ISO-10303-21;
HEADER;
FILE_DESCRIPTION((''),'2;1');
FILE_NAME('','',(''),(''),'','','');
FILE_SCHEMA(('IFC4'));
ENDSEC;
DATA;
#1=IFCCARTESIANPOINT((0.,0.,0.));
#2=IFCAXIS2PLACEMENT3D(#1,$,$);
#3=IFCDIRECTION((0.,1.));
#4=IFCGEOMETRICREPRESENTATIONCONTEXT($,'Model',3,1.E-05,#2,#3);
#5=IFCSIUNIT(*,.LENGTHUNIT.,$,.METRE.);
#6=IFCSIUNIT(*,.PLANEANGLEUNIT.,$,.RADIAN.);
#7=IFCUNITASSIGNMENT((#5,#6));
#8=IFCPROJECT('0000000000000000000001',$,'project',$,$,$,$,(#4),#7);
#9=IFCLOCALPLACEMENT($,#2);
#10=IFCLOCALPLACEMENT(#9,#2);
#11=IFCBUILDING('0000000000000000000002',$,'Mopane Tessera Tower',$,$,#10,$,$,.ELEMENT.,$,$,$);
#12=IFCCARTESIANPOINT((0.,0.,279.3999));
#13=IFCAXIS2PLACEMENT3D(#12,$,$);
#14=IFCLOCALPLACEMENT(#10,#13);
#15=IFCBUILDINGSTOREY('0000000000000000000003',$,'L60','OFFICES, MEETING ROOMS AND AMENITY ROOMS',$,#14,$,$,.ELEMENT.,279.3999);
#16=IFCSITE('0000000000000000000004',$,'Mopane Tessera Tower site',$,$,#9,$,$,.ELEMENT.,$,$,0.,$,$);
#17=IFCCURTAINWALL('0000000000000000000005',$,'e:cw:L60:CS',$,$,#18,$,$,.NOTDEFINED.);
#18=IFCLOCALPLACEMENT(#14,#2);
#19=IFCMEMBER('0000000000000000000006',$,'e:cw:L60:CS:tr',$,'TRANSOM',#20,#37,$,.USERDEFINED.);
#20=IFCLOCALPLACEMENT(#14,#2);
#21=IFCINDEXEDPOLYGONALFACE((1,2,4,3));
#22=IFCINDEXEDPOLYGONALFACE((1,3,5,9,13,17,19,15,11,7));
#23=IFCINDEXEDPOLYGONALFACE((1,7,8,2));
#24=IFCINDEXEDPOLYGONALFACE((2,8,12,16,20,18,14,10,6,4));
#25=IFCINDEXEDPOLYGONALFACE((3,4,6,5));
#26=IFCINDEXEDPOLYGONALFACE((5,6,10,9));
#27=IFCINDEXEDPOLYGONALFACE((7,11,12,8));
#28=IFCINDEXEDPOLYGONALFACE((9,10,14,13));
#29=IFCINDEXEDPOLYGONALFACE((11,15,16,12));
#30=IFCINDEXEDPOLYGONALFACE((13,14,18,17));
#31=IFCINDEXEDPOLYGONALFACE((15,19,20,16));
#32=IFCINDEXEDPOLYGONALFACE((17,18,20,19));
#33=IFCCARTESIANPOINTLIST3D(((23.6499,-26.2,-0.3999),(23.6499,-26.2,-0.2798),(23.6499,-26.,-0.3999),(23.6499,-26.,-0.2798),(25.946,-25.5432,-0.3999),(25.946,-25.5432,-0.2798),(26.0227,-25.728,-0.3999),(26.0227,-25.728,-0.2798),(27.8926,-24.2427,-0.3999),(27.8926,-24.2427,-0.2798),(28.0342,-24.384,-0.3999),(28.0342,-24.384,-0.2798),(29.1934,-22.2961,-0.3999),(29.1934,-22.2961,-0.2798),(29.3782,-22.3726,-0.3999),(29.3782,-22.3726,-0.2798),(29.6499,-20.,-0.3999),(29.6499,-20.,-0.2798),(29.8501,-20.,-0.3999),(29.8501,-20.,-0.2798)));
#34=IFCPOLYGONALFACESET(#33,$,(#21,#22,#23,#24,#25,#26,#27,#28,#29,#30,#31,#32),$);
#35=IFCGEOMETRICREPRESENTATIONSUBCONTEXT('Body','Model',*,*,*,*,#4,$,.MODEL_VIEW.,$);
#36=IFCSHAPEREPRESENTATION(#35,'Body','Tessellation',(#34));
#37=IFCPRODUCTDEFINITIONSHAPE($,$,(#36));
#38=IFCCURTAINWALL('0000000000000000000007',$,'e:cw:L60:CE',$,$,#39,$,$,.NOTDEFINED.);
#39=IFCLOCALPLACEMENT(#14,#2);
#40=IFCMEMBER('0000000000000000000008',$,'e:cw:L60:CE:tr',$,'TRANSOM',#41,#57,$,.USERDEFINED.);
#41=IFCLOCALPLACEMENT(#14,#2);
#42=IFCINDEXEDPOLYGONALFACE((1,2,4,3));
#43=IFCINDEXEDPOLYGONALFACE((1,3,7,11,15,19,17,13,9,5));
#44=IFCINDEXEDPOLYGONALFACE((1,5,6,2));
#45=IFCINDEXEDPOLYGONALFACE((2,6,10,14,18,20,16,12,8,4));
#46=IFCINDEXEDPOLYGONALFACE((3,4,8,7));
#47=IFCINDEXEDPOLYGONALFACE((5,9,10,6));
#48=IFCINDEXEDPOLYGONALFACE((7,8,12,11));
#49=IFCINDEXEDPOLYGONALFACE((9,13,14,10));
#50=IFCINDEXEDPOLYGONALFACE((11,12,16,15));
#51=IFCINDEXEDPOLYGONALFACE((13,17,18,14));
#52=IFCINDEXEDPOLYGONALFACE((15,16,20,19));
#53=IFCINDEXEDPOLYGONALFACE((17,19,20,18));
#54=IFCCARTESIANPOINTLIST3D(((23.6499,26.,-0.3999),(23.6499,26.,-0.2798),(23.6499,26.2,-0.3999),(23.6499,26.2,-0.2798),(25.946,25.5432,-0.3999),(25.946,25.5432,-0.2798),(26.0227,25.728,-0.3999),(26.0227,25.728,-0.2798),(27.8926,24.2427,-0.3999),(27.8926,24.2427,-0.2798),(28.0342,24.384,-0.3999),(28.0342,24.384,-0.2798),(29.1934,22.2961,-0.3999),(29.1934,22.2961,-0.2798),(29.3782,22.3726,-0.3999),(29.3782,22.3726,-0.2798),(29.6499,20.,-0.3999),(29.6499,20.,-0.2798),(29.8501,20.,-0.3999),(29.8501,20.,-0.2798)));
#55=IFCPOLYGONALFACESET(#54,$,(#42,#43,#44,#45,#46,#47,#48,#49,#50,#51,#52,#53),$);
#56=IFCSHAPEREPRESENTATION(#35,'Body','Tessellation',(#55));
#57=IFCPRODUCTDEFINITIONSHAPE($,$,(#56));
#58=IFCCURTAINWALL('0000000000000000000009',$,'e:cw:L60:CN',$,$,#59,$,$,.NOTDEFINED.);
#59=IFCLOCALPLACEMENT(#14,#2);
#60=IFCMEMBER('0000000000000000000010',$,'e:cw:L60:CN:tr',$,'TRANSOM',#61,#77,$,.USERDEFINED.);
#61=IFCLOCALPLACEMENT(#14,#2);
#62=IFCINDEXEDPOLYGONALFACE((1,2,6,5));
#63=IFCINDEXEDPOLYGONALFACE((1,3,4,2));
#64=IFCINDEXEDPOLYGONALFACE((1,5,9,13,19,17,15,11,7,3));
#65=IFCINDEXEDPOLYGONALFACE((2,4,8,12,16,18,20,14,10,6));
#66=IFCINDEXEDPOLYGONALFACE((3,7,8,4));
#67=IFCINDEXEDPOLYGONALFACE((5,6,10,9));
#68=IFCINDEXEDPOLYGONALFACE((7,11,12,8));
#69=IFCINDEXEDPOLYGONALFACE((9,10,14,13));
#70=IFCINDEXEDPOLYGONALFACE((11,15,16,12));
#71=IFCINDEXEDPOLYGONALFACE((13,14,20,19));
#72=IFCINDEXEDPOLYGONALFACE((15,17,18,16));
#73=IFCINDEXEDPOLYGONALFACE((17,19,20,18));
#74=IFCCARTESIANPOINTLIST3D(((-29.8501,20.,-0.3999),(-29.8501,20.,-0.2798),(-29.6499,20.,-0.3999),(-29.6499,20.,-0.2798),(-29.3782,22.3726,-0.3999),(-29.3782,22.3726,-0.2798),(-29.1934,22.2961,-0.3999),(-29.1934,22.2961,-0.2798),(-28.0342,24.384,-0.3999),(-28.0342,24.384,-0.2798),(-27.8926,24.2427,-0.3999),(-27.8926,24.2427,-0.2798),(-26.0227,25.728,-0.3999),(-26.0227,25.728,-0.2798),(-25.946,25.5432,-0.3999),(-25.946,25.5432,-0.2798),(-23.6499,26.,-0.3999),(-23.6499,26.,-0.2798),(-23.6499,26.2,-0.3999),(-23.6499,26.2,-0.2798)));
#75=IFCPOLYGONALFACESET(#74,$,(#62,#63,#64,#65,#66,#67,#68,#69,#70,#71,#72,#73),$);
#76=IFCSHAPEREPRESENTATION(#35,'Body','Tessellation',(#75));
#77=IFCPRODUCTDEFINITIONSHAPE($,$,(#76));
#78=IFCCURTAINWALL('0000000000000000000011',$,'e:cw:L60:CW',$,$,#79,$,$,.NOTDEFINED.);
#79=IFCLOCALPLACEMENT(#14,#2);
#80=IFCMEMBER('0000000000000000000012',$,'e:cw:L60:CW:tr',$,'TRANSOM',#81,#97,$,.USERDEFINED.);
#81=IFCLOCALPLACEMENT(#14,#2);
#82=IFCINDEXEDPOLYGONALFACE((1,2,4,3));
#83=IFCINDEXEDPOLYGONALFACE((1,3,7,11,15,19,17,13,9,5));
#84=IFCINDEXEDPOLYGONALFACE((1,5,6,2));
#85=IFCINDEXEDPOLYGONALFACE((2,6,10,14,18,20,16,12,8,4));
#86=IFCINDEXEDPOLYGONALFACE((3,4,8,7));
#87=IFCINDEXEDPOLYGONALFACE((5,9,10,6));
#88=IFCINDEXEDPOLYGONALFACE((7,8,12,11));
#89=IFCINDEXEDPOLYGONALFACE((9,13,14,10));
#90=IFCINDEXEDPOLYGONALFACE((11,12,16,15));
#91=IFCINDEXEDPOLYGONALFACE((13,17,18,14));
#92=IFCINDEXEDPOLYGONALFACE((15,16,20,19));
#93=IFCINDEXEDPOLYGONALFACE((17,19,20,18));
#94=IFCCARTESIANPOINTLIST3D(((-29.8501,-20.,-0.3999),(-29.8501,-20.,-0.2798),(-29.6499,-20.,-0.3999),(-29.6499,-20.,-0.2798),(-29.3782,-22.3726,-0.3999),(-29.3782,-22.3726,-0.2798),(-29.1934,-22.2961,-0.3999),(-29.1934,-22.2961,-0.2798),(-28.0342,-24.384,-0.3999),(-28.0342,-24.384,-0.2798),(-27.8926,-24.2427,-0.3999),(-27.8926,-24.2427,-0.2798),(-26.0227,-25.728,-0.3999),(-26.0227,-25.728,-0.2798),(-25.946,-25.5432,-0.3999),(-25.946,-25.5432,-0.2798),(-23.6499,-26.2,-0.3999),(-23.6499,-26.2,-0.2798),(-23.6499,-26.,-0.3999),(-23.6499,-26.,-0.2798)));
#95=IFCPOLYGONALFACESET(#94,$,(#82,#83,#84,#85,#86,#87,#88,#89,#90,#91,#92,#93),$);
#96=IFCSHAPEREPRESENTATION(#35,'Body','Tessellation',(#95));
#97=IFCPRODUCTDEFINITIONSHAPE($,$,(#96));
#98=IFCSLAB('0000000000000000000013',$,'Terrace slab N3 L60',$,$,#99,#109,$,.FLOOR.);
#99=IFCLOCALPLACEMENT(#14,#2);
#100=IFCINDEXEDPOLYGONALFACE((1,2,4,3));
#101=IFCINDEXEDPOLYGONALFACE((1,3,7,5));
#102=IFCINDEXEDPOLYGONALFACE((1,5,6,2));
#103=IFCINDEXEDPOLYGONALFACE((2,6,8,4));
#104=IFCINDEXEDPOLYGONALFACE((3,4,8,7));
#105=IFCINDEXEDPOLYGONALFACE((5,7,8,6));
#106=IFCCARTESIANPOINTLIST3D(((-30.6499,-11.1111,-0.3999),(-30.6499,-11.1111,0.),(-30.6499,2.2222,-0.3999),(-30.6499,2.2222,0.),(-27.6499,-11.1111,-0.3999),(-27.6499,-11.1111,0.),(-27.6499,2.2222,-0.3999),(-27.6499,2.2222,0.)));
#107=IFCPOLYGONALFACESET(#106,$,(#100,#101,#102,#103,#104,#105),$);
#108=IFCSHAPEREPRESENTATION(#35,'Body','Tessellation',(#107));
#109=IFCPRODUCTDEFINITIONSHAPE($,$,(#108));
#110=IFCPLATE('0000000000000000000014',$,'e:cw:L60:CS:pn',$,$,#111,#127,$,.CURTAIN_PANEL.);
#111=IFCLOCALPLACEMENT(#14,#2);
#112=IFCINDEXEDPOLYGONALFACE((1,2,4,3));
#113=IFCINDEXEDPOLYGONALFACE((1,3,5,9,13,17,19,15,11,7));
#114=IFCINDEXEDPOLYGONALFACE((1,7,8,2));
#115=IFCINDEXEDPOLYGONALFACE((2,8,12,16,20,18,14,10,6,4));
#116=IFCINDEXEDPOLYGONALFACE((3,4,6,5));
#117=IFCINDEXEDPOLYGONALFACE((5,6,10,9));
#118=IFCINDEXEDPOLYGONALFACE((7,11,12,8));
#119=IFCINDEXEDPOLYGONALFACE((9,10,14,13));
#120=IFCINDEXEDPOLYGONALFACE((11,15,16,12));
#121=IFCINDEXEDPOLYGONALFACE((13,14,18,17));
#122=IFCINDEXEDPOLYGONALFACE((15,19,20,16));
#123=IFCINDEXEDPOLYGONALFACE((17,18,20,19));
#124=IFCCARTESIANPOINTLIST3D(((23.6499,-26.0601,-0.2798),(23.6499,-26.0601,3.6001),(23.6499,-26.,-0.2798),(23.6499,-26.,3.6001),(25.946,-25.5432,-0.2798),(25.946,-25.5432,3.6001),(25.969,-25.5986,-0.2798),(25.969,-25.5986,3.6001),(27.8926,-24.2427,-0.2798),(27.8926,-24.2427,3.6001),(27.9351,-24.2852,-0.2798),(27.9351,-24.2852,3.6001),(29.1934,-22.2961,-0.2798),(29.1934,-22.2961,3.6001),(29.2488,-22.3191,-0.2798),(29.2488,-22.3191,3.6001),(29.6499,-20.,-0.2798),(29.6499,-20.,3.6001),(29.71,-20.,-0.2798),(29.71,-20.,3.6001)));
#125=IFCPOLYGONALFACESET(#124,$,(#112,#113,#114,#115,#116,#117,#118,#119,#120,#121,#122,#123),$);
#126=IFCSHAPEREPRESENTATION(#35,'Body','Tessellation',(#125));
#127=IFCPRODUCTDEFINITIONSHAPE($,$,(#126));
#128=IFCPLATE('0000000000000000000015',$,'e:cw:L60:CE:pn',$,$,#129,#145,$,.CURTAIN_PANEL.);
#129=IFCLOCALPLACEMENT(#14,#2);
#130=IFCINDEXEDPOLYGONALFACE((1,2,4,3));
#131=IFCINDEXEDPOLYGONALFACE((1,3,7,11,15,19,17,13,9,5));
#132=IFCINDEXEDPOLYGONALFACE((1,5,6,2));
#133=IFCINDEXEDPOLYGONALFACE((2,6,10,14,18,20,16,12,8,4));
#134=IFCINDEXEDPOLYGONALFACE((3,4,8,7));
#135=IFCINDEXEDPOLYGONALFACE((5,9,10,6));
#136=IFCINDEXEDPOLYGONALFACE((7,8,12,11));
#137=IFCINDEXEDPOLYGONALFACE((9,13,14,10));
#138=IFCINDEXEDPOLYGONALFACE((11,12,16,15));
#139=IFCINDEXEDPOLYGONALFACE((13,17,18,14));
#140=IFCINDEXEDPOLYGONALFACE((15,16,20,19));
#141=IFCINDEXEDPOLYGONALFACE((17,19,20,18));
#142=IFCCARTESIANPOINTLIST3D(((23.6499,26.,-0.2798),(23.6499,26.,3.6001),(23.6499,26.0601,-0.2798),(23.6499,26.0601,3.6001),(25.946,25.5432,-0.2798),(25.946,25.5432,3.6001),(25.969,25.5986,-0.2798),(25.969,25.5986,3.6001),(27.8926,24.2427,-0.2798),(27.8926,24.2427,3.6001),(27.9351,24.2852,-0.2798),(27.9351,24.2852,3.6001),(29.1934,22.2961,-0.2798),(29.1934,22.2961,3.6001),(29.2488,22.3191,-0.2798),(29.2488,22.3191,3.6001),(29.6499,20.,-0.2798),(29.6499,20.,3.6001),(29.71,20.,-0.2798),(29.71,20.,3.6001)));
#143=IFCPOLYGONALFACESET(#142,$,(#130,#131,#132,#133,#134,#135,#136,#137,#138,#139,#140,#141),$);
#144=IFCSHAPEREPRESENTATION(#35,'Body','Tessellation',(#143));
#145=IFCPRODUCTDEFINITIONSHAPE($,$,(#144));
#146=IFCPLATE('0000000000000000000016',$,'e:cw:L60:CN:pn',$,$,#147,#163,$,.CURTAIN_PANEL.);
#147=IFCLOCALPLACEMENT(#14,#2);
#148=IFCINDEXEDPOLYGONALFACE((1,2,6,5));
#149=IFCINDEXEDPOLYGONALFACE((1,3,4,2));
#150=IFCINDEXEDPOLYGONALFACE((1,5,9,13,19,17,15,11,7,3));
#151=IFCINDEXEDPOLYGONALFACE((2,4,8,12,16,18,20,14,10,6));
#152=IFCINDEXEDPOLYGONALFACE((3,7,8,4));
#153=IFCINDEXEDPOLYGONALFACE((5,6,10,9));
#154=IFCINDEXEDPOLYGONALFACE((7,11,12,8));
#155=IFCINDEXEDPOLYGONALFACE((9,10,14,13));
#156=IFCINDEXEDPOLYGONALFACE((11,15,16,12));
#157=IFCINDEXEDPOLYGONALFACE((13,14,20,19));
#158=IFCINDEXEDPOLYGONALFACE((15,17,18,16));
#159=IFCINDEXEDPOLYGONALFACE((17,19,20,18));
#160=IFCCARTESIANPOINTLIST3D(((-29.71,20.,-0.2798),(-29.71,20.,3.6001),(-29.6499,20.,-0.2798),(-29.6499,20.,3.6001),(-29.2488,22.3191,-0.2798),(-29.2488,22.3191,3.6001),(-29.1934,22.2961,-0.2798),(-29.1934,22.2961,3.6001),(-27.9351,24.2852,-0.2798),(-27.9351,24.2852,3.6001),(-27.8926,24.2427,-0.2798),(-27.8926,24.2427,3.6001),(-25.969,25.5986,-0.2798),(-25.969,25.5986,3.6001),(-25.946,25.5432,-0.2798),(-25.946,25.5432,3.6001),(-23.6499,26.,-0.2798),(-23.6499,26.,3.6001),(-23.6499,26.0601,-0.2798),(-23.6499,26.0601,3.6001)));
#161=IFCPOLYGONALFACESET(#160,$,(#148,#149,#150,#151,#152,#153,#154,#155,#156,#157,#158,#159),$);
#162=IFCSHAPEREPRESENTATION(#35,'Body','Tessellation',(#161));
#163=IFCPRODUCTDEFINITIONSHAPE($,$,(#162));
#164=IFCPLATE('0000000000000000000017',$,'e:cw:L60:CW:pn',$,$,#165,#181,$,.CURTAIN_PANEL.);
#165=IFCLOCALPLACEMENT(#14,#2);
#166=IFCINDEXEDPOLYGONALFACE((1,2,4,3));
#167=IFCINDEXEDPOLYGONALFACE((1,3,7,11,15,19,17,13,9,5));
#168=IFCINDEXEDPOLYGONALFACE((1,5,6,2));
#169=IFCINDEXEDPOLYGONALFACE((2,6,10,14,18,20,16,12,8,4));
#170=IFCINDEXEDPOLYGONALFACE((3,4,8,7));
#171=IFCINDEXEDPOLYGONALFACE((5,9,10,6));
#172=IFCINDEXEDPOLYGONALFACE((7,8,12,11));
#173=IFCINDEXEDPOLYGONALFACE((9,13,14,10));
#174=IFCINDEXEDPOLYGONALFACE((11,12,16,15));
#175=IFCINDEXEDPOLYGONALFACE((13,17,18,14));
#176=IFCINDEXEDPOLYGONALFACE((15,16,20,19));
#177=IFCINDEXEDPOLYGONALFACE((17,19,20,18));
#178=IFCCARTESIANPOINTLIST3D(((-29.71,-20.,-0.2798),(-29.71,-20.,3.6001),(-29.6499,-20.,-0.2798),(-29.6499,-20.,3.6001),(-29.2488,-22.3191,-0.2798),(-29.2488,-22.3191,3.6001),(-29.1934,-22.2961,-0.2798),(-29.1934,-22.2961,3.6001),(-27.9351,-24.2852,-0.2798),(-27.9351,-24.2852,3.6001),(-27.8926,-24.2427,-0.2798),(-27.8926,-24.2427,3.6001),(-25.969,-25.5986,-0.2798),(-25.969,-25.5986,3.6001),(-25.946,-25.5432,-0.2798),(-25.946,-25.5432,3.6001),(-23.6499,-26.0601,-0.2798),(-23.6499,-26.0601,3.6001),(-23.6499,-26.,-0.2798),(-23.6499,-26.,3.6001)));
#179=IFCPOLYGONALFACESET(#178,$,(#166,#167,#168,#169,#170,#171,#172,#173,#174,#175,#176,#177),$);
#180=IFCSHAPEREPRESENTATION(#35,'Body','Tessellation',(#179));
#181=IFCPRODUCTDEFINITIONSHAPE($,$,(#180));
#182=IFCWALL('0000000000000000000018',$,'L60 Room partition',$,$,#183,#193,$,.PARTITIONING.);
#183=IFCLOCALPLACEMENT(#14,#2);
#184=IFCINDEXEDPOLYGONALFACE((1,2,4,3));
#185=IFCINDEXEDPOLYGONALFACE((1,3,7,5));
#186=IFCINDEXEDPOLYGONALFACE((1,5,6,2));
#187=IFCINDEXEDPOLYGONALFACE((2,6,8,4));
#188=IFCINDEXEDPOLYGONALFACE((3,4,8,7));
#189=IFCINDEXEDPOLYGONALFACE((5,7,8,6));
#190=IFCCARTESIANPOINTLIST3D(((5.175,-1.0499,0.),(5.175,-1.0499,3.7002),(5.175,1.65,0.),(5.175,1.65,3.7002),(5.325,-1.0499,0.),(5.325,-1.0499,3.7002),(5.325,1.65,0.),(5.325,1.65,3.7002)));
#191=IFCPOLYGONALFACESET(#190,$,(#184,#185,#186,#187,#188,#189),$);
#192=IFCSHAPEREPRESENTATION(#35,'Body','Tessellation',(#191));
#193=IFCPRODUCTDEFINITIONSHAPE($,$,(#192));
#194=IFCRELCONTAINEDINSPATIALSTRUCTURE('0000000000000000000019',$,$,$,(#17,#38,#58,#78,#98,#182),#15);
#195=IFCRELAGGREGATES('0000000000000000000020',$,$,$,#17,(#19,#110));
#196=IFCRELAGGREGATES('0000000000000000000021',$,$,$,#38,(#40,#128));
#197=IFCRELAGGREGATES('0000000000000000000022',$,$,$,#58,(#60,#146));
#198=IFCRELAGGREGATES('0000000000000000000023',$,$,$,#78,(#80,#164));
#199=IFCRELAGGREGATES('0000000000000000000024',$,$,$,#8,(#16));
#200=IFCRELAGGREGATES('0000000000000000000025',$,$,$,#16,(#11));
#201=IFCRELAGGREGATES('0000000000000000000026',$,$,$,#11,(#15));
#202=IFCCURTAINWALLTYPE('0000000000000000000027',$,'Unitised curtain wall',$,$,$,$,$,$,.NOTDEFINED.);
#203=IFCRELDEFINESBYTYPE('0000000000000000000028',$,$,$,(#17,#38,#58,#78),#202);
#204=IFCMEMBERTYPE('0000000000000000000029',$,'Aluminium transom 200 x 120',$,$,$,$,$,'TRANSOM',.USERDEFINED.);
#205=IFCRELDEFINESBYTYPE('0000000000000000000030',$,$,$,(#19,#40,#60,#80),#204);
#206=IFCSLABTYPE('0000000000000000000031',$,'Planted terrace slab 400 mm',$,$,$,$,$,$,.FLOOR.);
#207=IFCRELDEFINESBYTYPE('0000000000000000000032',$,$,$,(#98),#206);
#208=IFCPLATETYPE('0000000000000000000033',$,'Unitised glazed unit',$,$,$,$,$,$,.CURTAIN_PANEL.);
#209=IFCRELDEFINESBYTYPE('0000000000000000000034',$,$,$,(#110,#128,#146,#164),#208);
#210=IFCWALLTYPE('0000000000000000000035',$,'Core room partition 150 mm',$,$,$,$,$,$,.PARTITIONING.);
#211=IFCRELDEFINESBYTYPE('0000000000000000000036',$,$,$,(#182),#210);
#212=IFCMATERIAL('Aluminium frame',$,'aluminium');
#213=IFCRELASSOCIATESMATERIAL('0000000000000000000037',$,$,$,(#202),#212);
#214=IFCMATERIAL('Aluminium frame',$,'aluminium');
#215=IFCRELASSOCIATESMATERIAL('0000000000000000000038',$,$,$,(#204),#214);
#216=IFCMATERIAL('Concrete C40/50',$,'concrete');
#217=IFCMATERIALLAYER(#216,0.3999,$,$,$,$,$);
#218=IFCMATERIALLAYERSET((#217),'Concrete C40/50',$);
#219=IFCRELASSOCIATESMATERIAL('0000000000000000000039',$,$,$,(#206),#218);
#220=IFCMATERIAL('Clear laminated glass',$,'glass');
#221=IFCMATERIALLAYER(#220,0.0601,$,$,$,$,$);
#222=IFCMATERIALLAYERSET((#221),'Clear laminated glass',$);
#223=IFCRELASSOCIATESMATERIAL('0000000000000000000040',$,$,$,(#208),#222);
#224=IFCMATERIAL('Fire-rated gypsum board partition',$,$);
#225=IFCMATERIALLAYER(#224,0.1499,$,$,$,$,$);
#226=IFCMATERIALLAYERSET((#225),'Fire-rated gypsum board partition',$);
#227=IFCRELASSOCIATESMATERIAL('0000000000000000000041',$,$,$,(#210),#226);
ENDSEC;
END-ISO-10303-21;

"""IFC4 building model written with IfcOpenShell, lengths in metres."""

from ifc_helpers import new_model, si_unit, direction, frame, frame_2d, origin, origin_2d, place, context, subcontext, project, spatial, polyline, rectangle, outline, extrude, material, layer, layer_set, material_profile, profile_set, type_object, element, aggregate, save


model = new_model("IFC4")

# Units and contexts
model_context = context("Model", 3, precision=1e-05, world=origin(), true_north=direction((0.0, 1.0)))
body_context = subcontext(model_context, "Body", "Model", "MODEL_VIEW")
ifc_project = project(units=[si_unit("LENGTHUNIT", "METRE"), si_unit("PLANEANGLEUNIT", "RADIAN")], contexts=[model_context])

# Site, building, storey
site_placement = place(None, origin())
site = spatial("IfcSite", under=ifc_project, at=site_placement, Name="Mopane Tessera Tower site", CompositionType="ELEMENT", RefElevation=0.0)
building_placement = place(site_placement, origin())
building = spatial("IfcBuilding", under=site, at=building_placement, Name="Mopane Tessera Tower", CompositionType="ELEMENT")
storey_placement = place(building_placement, frame((0.0, 0.0, 279.3999)))
storey = spatial("IfcBuildingStorey", under=building, at=storey_placement, Name="L60", Description="OFFICES, MEETING ROOMS AND AMENITY ROOMS", CompositionType="ELEMENT", Elevation=279.3999)

# Curtain walls, members
ifc_material_1 = material(Name="Aluminium frame", Category="aluminium")
curtain_wall_type = type_object("IfcCurtainWallType", Name="Unitised curtain wall", PredefinedType="NOTDEFINED", material=ifc_material_1)
curtain_wall_1_placement = place(storey_placement, origin())
curtain_wall_1 = element("IfcCurtainWall", 1, at=curtain_wall_1_placement, inside=storey, type_object=curtain_wall_type, Name="e:cw:L60:CS", PredefinedType="NOTDEFINED")
ifc_material_2 = material(Name="Aluminium frame", Category="aluminium")
ifc_material_profile = material_profile(ifc_material_2, rectangle(XDim=0.2, YDim=0.1201, at=origin_2d()))
ifc_profile_set = profile_set([ifc_material_profile], Name="Aluminium frame")
member_type = type_object("IfcMemberType", Name="Aluminium transom 200 x 120", ElementType="TRANSOM", PredefinedType="USERDEFINED", material=ifc_profile_set)
member_1_placement = place(storey_placement, frame((0.0, 0.0, -0.3999)))
member_1 = element("IfcMember", 2, at=member_1_placement, type_object=member_type, Name="e:cw:L60:CS:tr", ObjectType="TRANSOM", PredefinedType="USERDEFINED", context=body_context, shape_type="SweptSolid", body=[
    extrude(outline(polyline([(23.6499, -26.0), (25.946, -25.5432), (27.8926, -24.2427), (29.1934, -22.2961), (29.6499, -20.0), (29.8501, -20.0), (29.3782, -22.3726), (28.0342, -24.384), (26.0227, -25.728), (23.6499, -26.2), (23.6499, -26.0)])), origin(), (0.0, 0.0, 1.0), 0.1201),
])
curtain_wall_2_placement = place(storey_placement, origin())
curtain_wall_2 = element("IfcCurtainWall", 3, at=curtain_wall_2_placement, inside=storey, type_object=curtain_wall_type, Name="e:cw:L60:CE", PredefinedType="NOTDEFINED")
member_2_placement = place(storey_placement, frame((0.0, 0.0, -0.3999)))
member_2 = element("IfcMember", 4, at=member_2_placement, type_object=member_type, Name="e:cw:L60:CE:tr", ObjectType="TRANSOM", PredefinedType="USERDEFINED", context=body_context, shape_type="SweptSolid", body=[
    extrude(outline(polyline([(29.6499, 20.0), (29.1934, 22.2961), (27.8926, 24.2427), (25.946, 25.5432), (23.6499, 26.0), (23.6499, 26.2), (26.0227, 25.728), (28.0342, 24.384), (29.3782, 22.3726), (29.8501, 20.0), (29.6499, 20.0)])), origin(), (0.0, 0.0, 1.0), 0.1201),
])
curtain_wall_3_placement = place(storey_placement, origin())
curtain_wall_3 = element("IfcCurtainWall", 5, at=curtain_wall_3_placement, inside=storey, type_object=curtain_wall_type, Name="e:cw:L60:CN", PredefinedType="NOTDEFINED")
member_3_placement = place(storey_placement, frame((0.0, 0.0, -0.3999)))
member_3 = element("IfcMember", 6, at=member_3_placement, type_object=member_type, Name="e:cw:L60:CN:tr", ObjectType="TRANSOM", PredefinedType="USERDEFINED", context=body_context, shape_type="SweptSolid", body=[
    extrude(outline(polyline([(-23.6499, 26.0), (-25.946, 25.5432), (-27.8926, 24.2427), (-29.1934, 22.2961), (-29.6499, 20.0), (-29.8501, 20.0), (-29.3782, 22.3726), (-28.0342, 24.384), (-26.0227, 25.728), (-23.6499, 26.2), (-23.6499, 26.0)])), origin(), (0.0, 0.0, 1.0), 0.1201),
])
curtain_wall_4_placement = place(storey_placement, origin())
curtain_wall_4 = element("IfcCurtainWall", 7, at=curtain_wall_4_placement, inside=storey, type_object=curtain_wall_type, Name="e:cw:L60:CW", PredefinedType="NOTDEFINED")
member_4_placement = place(storey_placement, frame((0.0, 0.0, -0.3999)))
member_4 = element("IfcMember", 8, at=member_4_placement, type_object=member_type, Name="e:cw:L60:CW:tr", ObjectType="TRANSOM", PredefinedType="USERDEFINED", context=body_context, shape_type="SweptSolid", body=[
    extrude(outline(polyline([(-29.6499, -20.0), (-29.1934, -22.2961), (-27.8926, -24.2427), (-25.946, -25.5432), (-23.6499, -26.0), (-23.6499, -26.2), (-26.0227, -25.728), (-28.0342, -24.384), (-29.3782, -22.3726), (-29.8501, -20.0), (-29.6499, -20.0)])), origin(), (0.0, 0.0, 1.0), 0.1201),
])

# Slab
ifc_material_3 = material(Name="Concrete C40/50", Category="concrete")
ifc_layer_1 = layer(ifc_material_3, 0.3999)
ifc_layer_set_1 = layer_set([ifc_layer_1], Name="Concrete C40/50")
slab_type = type_object("IfcSlabType", Name="Planted terrace slab 400 mm", PredefinedType="FLOOR", material=ifc_layer_set_1)
slab_placement = place(storey_placement, frame((0.0, 0.0, -0.3999)))
element("IfcSlab", 9, at=slab_placement, inside=storey, type_object=slab_type, Name="Terrace slab N3 L60", PredefinedType="FLOOR", context=body_context, shape_type="SweptSolid", body=[
    extrude(outline(polyline([(-30.6499, -11.1111), (-27.6499, -11.1111), (-27.6499, 2.2222), (-30.6499, 2.2222), (-30.6499, -11.1111)])), origin(), (0.0, 0.0, 1.0), 0.3999),
])

# Plates
ifc_material_4 = material(Name="Clear laminated glass", Category="glass")
ifc_layer_2 = layer(ifc_material_4, 0.0601)
ifc_layer_set_2 = layer_set([ifc_layer_2], Name="Clear laminated glass")
plate_type = type_object("IfcPlateType", Name="Unitised glazed unit", PredefinedType="CURTAIN_PANEL", material=ifc_layer_set_2)
plate_1_placement = place(storey_placement, frame((0.0, 0.0, -0.2798)))
plate_1 = element("IfcPlate", 10, at=plate_1_placement, type_object=plate_type, Name="e:cw:L60:CS:pn", PredefinedType="CURTAIN_PANEL", context=body_context, shape_type="SweptSolid", body=[
    extrude(outline(polyline([(23.6499, -26.0), (25.946, -25.5432), (27.8926, -24.2427), (29.1934, -22.2961), (29.6499, -20.0), (29.71, -20.0), (29.2488, -22.3191), (27.9351, -24.2852), (25.969, -25.5986), (23.6499, -26.0601), (23.6499, -26.0)])), origin(), (0.0, 0.0, 1.0), 3.8799),
])
aggregate(curtain_wall_1, [member_1, plate_1])
plate_2_placement = place(storey_placement, frame((0.0, 0.0, -0.2798)))
plate_2 = element("IfcPlate", 11, at=plate_2_placement, type_object=plate_type, Name="e:cw:L60:CE:pn", PredefinedType="CURTAIN_PANEL", context=body_context, shape_type="SweptSolid", body=[
    extrude(outline(polyline([(29.6499, 20.0), (29.1934, 22.2961), (27.8926, 24.2427), (25.946, 25.5432), (23.6499, 26.0), (23.6499, 26.0601), (25.969, 25.5986), (27.9351, 24.2852), (29.2488, 22.3191), (29.71, 20.0), (29.6499, 20.0)])), origin(), (0.0, 0.0, 1.0), 3.8799),
])
aggregate(curtain_wall_2, [member_2, plate_2])
plate_3_placement = place(storey_placement, frame((0.0, 0.0, -0.2798)))
plate_3 = element("IfcPlate", 12, at=plate_3_placement, type_object=plate_type, Name="e:cw:L60:CN:pn", PredefinedType="CURTAIN_PANEL", context=body_context, shape_type="SweptSolid", body=[
    extrude(outline(polyline([(-23.6499, 26.0), (-25.946, 25.5432), (-27.8926, 24.2427), (-29.1934, 22.2961), (-29.6499, 20.0), (-29.71, 20.0), (-29.2488, 22.3191), (-27.9351, 24.2852), (-25.969, 25.5986), (-23.6499, 26.0601), (-23.6499, 26.0)])), origin(), (0.0, 0.0, 1.0), 3.8799),
])
aggregate(curtain_wall_3, [member_3, plate_3])
plate_4_placement = place(storey_placement, frame((0.0, 0.0, -0.2798)))
plate_4 = element("IfcPlate", 13, at=plate_4_placement, type_object=plate_type, Name="e:cw:L60:CW:pn", PredefinedType="CURTAIN_PANEL", context=body_context, shape_type="SweptSolid", body=[
    extrude(outline(polyline([(-29.6499, -20.0), (-29.1934, -22.2961), (-27.8926, -24.2427), (-25.946, -25.5432), (-23.6499, -26.0), (-23.6499, -26.0601), (-25.969, -25.5986), (-27.9351, -24.2852), (-29.2488, -22.3191), (-29.71, -20.0), (-29.6499, -20.0)])), origin(), (0.0, 0.0, 1.0), 3.8799),
])
aggregate(curtain_wall_4, [member_4, plate_4])

# Wall
ifc_material_5 = material(Name="Fire-rated gypsum board partition")
ifc_layer_3 = layer(ifc_material_5, 0.1499)
ifc_layer_set_3 = layer_set([ifc_layer_3], Name="Fire-rated gypsum board partition")
wall_type_1 = type_object("IfcWallType", Name="Core room partition 150 mm", PredefinedType="PARTITIONING", material=ifc_layer_set_3)
wall_1_placement = place(storey_placement, frame((5.25, -1.05, 0.0), z_axis=(0.0, 0.0, 1.0), x_axis=(0.0, 1.0, 0.0)))
element("IfcWall", 14, at=wall_1_placement, inside=storey, type_object=wall_type_1, Name="L60 Room partition", PredefinedType="PARTITIONING", context=body_context, shape_type="SweptSolid", body=[
    extrude(rectangle(XDim=2.7, YDim=0.1499, at=frame_2d((1.3501, 0.0))), origin(), (0.0, 0.0, 1.0), 3.7002),
])

save(model, "model.ifc")
